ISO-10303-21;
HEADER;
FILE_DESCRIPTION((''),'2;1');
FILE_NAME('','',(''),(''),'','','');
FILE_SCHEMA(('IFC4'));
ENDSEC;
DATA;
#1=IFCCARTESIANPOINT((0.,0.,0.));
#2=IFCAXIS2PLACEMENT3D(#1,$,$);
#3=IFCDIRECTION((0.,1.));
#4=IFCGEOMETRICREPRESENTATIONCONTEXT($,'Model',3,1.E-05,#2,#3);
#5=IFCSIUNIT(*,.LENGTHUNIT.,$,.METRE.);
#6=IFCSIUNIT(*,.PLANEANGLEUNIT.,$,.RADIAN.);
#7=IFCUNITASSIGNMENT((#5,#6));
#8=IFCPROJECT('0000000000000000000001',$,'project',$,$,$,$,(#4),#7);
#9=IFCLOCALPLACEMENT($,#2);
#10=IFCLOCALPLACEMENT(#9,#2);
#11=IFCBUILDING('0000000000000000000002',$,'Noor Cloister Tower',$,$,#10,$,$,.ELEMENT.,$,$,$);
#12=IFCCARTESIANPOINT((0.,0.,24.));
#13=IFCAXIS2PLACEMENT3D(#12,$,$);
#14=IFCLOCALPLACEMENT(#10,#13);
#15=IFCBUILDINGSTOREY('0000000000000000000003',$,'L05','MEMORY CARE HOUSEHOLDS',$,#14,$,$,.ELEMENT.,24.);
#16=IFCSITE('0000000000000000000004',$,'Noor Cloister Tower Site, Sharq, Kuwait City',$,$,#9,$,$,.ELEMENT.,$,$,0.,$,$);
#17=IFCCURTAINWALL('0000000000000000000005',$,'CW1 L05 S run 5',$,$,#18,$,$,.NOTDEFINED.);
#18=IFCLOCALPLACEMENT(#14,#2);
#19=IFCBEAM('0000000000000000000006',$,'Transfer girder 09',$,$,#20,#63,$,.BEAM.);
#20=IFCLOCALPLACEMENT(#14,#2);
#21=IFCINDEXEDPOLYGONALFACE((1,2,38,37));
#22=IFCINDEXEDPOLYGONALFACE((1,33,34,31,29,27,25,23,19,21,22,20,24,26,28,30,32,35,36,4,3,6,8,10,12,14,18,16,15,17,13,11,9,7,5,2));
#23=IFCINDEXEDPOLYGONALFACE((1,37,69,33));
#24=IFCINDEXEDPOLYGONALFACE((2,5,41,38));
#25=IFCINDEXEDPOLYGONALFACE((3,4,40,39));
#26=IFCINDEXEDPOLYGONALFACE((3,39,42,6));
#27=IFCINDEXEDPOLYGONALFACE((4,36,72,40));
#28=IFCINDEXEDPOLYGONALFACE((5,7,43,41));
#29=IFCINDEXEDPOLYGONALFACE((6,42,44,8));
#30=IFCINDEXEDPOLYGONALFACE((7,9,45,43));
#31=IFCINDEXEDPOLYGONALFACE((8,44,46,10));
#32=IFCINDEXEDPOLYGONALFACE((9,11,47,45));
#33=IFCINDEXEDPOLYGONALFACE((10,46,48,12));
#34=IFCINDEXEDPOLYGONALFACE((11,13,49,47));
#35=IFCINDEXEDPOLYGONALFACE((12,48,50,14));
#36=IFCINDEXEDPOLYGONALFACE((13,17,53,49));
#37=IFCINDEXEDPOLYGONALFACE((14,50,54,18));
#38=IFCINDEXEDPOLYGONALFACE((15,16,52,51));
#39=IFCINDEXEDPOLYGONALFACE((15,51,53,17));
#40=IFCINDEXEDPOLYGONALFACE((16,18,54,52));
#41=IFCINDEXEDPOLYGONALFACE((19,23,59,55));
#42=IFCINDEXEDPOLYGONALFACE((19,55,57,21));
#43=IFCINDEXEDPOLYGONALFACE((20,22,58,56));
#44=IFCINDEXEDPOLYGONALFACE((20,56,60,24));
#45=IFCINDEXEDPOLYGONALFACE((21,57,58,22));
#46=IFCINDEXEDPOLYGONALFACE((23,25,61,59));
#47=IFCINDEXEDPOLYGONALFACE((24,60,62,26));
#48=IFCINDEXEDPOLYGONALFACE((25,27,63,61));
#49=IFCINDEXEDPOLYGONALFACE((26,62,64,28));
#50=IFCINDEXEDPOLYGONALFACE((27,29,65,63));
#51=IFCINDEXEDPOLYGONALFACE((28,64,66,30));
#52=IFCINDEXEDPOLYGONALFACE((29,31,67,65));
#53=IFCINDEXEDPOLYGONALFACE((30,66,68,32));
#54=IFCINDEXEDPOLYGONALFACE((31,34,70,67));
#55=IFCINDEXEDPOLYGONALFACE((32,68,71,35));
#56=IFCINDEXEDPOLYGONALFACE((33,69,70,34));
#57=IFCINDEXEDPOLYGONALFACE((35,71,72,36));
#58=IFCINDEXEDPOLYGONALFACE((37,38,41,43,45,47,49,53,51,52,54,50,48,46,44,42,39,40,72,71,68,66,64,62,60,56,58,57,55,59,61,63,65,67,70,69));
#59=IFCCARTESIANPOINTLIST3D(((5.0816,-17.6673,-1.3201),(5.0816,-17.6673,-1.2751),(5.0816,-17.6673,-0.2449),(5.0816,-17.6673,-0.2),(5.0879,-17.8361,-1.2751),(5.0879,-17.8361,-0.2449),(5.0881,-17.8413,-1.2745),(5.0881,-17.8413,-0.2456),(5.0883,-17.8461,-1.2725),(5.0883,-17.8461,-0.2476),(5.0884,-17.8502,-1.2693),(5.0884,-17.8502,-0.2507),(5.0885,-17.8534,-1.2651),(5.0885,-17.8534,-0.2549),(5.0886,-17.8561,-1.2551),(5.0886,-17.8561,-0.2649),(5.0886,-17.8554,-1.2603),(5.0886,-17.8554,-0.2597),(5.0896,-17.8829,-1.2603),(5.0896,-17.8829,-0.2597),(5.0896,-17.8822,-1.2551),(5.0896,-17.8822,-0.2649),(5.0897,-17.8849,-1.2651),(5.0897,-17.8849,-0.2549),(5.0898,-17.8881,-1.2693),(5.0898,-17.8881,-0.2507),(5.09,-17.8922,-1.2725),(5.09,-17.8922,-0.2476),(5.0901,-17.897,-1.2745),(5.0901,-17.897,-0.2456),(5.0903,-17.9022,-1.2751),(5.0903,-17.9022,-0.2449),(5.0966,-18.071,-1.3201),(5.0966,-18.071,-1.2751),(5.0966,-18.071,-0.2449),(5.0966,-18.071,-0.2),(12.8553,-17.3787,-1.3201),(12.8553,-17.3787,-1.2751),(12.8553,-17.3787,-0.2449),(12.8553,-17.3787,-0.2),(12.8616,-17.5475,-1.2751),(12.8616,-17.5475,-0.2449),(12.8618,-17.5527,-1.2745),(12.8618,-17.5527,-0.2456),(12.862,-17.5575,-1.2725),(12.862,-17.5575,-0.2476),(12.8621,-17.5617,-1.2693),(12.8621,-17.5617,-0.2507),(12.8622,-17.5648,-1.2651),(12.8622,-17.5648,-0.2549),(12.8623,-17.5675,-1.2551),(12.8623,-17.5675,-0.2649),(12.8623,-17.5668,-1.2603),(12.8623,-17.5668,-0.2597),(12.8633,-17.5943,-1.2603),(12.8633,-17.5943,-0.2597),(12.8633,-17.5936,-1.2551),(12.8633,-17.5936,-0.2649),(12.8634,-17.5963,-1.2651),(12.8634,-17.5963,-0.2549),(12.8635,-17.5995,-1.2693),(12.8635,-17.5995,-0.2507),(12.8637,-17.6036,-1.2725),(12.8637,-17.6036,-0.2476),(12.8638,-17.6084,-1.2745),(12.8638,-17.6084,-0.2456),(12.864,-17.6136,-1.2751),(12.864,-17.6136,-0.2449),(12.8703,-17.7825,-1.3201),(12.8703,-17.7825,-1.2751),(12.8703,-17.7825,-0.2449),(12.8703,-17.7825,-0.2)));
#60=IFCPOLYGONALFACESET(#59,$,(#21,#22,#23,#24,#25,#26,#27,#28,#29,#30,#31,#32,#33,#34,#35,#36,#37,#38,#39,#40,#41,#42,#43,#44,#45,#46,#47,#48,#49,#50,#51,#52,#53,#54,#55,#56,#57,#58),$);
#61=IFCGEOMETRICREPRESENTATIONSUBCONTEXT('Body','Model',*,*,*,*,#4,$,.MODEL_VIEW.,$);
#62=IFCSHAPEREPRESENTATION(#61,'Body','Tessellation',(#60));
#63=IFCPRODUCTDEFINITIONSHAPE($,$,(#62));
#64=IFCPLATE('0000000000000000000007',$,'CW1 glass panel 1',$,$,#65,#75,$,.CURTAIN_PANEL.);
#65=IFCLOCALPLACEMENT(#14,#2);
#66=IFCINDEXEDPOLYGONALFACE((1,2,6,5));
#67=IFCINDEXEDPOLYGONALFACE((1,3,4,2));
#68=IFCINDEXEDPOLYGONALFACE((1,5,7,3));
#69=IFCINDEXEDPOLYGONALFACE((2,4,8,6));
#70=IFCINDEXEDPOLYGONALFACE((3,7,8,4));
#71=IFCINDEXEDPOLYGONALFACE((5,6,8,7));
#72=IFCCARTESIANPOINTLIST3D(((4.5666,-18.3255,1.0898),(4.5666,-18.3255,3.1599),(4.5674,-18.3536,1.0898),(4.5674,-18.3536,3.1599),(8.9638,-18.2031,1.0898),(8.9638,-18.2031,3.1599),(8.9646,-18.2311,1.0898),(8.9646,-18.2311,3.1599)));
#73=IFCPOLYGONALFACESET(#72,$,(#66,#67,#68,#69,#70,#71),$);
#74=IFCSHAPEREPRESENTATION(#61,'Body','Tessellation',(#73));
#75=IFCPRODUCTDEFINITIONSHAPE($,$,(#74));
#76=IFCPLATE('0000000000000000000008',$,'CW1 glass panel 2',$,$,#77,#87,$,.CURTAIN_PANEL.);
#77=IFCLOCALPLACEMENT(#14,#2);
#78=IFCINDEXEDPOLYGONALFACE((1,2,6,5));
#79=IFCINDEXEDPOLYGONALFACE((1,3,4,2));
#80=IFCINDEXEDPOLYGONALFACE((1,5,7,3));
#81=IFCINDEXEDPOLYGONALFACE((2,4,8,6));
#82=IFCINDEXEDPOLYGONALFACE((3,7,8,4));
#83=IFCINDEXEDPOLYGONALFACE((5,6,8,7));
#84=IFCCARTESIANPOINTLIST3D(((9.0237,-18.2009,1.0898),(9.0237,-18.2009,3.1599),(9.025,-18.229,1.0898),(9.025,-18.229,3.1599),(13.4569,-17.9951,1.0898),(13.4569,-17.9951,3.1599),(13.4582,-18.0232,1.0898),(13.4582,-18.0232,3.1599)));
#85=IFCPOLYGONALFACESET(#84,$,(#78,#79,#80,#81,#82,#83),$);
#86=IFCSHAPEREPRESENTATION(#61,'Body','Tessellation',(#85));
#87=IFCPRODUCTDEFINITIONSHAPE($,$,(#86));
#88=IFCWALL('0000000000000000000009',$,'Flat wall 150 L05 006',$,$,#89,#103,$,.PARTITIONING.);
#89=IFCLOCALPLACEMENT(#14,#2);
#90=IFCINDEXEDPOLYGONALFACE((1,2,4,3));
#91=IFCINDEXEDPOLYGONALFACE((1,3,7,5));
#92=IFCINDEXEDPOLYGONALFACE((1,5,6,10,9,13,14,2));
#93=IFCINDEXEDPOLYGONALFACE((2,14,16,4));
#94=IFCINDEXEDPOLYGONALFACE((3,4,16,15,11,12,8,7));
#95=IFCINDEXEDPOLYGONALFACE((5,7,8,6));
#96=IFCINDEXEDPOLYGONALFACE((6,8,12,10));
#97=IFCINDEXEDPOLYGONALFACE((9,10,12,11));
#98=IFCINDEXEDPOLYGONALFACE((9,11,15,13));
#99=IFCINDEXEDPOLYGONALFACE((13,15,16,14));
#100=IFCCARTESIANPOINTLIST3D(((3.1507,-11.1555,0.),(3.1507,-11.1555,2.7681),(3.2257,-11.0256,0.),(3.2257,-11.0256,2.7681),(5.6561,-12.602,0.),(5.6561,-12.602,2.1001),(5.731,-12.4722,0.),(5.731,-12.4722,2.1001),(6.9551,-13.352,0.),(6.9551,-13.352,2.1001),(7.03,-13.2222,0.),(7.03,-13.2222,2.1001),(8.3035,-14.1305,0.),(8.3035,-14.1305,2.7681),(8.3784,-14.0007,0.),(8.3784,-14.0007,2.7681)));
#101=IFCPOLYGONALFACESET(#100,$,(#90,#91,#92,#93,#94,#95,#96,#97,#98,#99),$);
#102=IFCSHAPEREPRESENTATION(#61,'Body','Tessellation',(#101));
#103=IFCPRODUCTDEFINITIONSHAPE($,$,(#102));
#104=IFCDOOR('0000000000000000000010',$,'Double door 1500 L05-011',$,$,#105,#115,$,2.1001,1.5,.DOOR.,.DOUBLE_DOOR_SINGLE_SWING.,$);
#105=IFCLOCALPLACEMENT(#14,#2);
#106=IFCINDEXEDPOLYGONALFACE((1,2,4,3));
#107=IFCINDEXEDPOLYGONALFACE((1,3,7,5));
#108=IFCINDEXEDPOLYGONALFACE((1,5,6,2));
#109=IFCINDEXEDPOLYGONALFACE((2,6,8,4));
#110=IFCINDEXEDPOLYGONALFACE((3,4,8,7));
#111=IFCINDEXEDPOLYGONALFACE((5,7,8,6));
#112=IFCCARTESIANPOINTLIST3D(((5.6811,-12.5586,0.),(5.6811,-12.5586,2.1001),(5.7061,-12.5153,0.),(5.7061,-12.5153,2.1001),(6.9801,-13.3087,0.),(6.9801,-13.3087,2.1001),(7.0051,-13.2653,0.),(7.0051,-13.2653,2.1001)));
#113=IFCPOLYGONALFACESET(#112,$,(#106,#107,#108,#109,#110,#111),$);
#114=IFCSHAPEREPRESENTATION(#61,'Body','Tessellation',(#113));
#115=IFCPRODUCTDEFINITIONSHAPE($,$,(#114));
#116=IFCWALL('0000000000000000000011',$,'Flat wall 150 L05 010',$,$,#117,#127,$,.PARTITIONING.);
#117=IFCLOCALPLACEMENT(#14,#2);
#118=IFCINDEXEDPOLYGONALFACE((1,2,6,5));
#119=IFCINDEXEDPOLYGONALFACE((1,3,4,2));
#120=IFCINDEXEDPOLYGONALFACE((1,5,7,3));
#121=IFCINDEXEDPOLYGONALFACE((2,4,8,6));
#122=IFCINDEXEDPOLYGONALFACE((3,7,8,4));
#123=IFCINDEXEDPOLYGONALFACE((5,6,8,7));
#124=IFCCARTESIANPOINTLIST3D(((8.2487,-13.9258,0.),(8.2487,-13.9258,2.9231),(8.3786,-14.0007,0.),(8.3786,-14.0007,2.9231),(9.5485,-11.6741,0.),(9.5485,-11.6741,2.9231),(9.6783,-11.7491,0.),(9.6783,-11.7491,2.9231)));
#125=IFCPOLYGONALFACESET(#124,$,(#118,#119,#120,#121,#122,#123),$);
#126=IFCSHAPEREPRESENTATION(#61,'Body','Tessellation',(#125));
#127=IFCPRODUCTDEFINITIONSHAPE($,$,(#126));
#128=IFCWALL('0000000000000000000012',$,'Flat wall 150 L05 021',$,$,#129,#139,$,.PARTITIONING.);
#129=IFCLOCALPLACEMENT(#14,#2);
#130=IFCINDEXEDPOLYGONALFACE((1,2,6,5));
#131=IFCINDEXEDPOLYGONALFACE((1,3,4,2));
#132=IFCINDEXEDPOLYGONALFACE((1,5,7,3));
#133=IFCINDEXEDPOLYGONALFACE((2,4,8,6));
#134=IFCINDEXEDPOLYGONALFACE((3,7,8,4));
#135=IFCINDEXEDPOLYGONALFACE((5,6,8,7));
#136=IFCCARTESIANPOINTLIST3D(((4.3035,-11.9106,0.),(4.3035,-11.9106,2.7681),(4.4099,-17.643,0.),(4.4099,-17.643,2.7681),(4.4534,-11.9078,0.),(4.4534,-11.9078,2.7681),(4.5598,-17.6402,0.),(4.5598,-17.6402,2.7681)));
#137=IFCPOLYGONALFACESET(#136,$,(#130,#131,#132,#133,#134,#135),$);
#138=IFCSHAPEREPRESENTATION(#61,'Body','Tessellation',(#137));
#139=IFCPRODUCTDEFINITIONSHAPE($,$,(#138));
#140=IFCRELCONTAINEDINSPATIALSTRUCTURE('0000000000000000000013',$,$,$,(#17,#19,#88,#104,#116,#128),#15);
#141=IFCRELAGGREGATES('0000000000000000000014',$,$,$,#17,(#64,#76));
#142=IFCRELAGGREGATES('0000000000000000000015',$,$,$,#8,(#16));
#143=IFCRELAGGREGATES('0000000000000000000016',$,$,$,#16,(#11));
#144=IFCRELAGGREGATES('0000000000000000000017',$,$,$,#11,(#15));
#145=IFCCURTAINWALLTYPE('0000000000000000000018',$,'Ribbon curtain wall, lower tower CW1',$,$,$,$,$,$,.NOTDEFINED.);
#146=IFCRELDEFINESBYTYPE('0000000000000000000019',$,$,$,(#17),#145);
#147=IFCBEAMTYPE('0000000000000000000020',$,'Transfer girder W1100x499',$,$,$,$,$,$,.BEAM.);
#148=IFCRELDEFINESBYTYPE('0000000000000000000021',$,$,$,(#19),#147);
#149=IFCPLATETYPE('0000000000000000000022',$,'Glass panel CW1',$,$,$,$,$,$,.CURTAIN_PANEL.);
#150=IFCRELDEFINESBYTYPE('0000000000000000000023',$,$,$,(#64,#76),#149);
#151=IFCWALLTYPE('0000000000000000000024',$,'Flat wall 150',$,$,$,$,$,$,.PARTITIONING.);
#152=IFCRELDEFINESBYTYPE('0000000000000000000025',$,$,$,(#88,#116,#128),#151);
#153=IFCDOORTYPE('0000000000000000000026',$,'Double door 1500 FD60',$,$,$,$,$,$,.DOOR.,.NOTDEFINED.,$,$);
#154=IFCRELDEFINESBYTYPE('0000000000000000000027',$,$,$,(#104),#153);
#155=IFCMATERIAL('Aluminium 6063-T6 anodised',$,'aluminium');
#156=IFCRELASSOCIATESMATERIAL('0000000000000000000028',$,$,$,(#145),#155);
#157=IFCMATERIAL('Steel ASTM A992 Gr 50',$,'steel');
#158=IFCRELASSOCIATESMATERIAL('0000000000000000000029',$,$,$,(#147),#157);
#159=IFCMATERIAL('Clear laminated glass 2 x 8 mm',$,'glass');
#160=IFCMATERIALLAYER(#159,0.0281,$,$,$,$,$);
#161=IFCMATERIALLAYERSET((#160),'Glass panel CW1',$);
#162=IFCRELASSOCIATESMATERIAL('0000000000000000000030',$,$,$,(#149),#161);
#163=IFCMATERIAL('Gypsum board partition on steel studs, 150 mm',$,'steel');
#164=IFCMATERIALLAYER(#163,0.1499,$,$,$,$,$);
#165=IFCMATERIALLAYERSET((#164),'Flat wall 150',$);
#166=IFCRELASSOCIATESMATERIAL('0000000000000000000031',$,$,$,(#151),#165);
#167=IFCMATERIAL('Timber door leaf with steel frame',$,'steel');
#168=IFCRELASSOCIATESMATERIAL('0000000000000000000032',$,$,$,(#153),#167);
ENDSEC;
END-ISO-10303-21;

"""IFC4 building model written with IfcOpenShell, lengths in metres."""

from ifc_helpers import new_model, si_unit, direction, frame, frame_2d, origin, origin_2d, place, context, subcontext, project, spatial, rectangle, i_section, extrude, material, layer, layer_set, material_profile, profile_set, type_object, element, fill, aggregate, save


model = new_model("IFC4")

# Units and contexts
model_context = context("Model", 3, precision=1e-05, world=origin(), true_north=direction((0.0, 1.0)))
body_context = subcontext(model_context, "Body", "Model", "MODEL_VIEW")
ifc_project = project(units=[si_unit("LENGTHUNIT", "METRE"), si_unit("PLANEANGLEUNIT", "RADIAN")], contexts=[model_context])

# Site, building, storey
site_placement = place(None, origin())
site = spatial("IfcSite", under=ifc_project, at=site_placement, Name="Noor Cloister Tower Site, Sharq, Kuwait City", CompositionType="ELEMENT", RefElevation=0.0)
building_placement = place(site_placement, origin())
building = spatial("IfcBuilding", under=site, at=building_placement, Name="Noor Cloister Tower", CompositionType="ELEMENT")
storey_placement = place(building_placement, frame((0.0, 0.0, 24.0)))
storey = spatial("IfcBuildingStorey", under=building, at=storey_placement, Name="L05", Description="MEMORY CARE HOUSEHOLDS", CompositionType="ELEMENT", Elevation=24.0)

# Curtain wall
ifc_material_1 = material(Name="Aluminium 6063-T6 anodised", Category="aluminium")
curtain_wall_type = type_object("IfcCurtainWallType", Name="Ribbon curtain wall, lower tower CW1", PredefinedType="NOTDEFINED", material=ifc_material_1)
curtain_wall_placement = place(storey_placement, origin())
curtain_wall = element("IfcCurtainWall", 1, at=curtain_wall_placement, inside=storey, type_object=curtain_wall_type, Name="CW1 L05 S run 5", PredefinedType="NOTDEFINED")

# Beam
ifc_material_2 = material(Name="Steel ASTM A992 Gr 50", Category="steel")
ifc_material_profile_1 = material_profile(ifc_material_2, i_section(OverallWidth=0.4041, OverallDepth=1.1201, WebThickness=0.0261, FlangeThickness=0.0449, FilletRadius=0.02, at=origin_2d()), Name="W1100x499")
ifc_profile_set_1 = profile_set([ifc_material_profile_1], Name="Steel ASTM A992 Gr 50")
beam_type_1 = type_object("IfcBeamType", Name="Transfer girder W1100x499", PredefinedType="BEAM", material=ifc_profile_set_1)
beam_1_placement = place(storey_placement, frame((5.0891, -17.8691, -0.76), z_axis=(0.999312, 0.037096, 0.0), x_axis=(-0.037096, 0.999312, 0.0)))
element("IfcBeam", 2, at=beam_1_placement, inside=storey, type_object=beam_type_1, Name="Transfer girder 09", PredefinedType="BEAM", context=body_context, shape_type="SweptSolid", body=[
    extrude(i_section(OverallWidth=0.4041, OverallDepth=1.1201, WebThickness=0.0261, FlangeThickness=0.0449, FilletRadius=0.02, at=origin_2d()), origin(), (0.0, 0.0, 1.0), 7.7791),
])

# Plates
ifc_material_3 = material(Name="Clear laminated glass 2 x 8 mm", Category="glass")
ifc_layer_1 = layer(ifc_material_3, 0.0281)
ifc_layer_set_1 = layer_set([ifc_layer_1], Name="Glass panel CW1")
plate_type = type_object("IfcPlateType", Name="Glass panel CW1", PredefinedType="CURTAIN_PANEL", material=ifc_layer_set_1)
plate_1_placement = place(storey_placement, frame((6.7656, -18.2783, 1.0898), z_axis=(0.0, 0.0, 1.0), x_axis=(0.999613, 0.027827, 0.0)))
plate_1 = element("IfcPlate", 3, at=plate_1_placement, type_object=plate_type, Name="CW1 glass panel 1", PredefinedType="CURTAIN_PANEL", context=body_context, shape_type="SweptSolid", body=[
    extrude(rectangle(XDim=4.3989, YDim=0.0281, at=origin_2d()), origin(), (0.0, 0.0, 1.0), 2.0701),
])
plate_2_placement = place(storey_placement, frame((11.241, -18.1121, 1.0898), z_axis=(0.0, 0.0, 1.0), x_axis=(0.998924, 0.046368, 0.0)))
plate_2 = element("IfcPlate", 4, at=plate_2_placement, type_object=plate_type, Name="CW1 glass panel 2", PredefinedType="CURTAIN_PANEL", context=body_context, shape_type="SweptSolid", body=[
    extrude(rectangle(XDim=4.438, YDim=0.0281, at=origin_2d()), origin(), (0.0, 0.0, 1.0), 2.0701),
])
aggregate(curtain_wall, [plate_1, plate_2])

# Wall, opening, door
ifc_material_4 = material(Name="Gypsum board partition on steel studs, 150 mm", Category="steel")
ifc_layer_2 = layer(ifc_material_4, 0.1499)
ifc_layer_set_2 = layer_set([ifc_layer_2], Name="Flat wall 150")
wall_type_1 = type_object("IfcWallType", Name="Flat wall 150", PredefinedType="PARTITIONING", material=ifc_layer_set_2)
wall_1_placement = place(storey_placement, frame((8.3411, -14.0657, 0.0), z_axis=(0.0, 0.0, 1.0), x_axis=(-0.866017, 0.500014, 0.0)))
wall_1 = element("IfcWall", 5, at=wall_1_placement, inside=storey, type_object=wall_type_1, Name="Flat wall 150 L05 006", PredefinedType="PARTITIONING", context=body_context, shape_type="SweptSolid", body=[
    extrude(rectangle(XDim=5.95, YDim=0.1499, at=frame_2d((2.9751, 0.0))), origin(), (0.0, 0.0, 1.0), 2.7681),
])
opening_1_placement = place(wall_1_placement, frame((1.5571, 0.0, 0.0)))
opening_1 = element("IfcOpeningElement", 6, at=opening_1_placement, cuts=wall_1, PredefinedType="OPENING", context=body_context, shape_type="SweptSolid", body=[
    extrude(rectangle(XDim=1.5, YDim=2.1001, at=frame_2d((0.75, 1.05))), frame((0.0, 0.085, 0.0), z_axis=(0.0, -1.0, 0.0), x_axis=(1.0, 0.0, 0.0)), (0.0, 0.0, 1.0), 0.1699),
])
ifc_material_5 = material(Name="Timber door leaf with steel frame", Category="steel")
door_type_1 = type_object("IfcDoorType", Name="Double door 1500 FD60", OperationType="NOTDEFINED", PredefinedType="DOOR", material=ifc_material_5)
door_1_placement = place(opening_1_placement, origin())
door_1 = element("IfcDoor", 7, at=door_1_placement, inside=storey, type_object=door_type_1, Name="Double door 1500 L05-011", OperationType="DOUBLE_DOOR_SINGLE_SWING", OverallHeight=2.1001, OverallWidth=1.5, PredefinedType="DOOR", context=body_context, shape_type="SweptSolid", body=[
    extrude(rectangle(XDim=1.5, YDim=2.1001, at=frame_2d((0.75, 1.05))), frame((0.0, 0.0249, 0.0), z_axis=(0.0, -1.0, 0.0), x_axis=(1.0, 0.0, 0.0)), (0.0, 0.0, 1.0), 0.05),
])
fill(opening_1, door_1)

# Walls
wall_2_placement = place(storey_placement, frame((8.3137, -13.9631, 0.0), z_axis=(0.0, 0.0, 1.0), x_axis=(0.499937, 0.866062, 0.0)))
element("IfcWall", 8, at=wall_2_placement, inside=storey, type_object=wall_type_1, Name="Flat wall 150 L05 010", PredefinedType="PARTITIONING", context=body_context, shape_type="SweptSolid", body=[
    extrude(rectangle(XDim=2.5999, YDim=0.1499, at=frame_2d((1.2998, 0.0))), origin(), (0.0, 0.0, 1.0), 2.9231),
])
wall_3_placement = place(storey_placement, frame((4.4849, -17.6416, 0.0), z_axis=(0.0, 0.0, 1.0), x_axis=(-0.018566, 0.999828, 0.0)))
element("IfcWall", 9, at=wall_3_placement, inside=storey, type_object=wall_type_1, Name="Flat wall 150 L05 021", PredefinedType="PARTITIONING", context=body_context, shape_type="SweptSolid", body=[
    extrude(rectangle(XDim=5.7334, YDim=0.1499, at=frame_2d((2.8667, 0.0))), origin(), (0.0, 0.0, 1.0), 2.7681),
])

save(model, "model.ifc")
